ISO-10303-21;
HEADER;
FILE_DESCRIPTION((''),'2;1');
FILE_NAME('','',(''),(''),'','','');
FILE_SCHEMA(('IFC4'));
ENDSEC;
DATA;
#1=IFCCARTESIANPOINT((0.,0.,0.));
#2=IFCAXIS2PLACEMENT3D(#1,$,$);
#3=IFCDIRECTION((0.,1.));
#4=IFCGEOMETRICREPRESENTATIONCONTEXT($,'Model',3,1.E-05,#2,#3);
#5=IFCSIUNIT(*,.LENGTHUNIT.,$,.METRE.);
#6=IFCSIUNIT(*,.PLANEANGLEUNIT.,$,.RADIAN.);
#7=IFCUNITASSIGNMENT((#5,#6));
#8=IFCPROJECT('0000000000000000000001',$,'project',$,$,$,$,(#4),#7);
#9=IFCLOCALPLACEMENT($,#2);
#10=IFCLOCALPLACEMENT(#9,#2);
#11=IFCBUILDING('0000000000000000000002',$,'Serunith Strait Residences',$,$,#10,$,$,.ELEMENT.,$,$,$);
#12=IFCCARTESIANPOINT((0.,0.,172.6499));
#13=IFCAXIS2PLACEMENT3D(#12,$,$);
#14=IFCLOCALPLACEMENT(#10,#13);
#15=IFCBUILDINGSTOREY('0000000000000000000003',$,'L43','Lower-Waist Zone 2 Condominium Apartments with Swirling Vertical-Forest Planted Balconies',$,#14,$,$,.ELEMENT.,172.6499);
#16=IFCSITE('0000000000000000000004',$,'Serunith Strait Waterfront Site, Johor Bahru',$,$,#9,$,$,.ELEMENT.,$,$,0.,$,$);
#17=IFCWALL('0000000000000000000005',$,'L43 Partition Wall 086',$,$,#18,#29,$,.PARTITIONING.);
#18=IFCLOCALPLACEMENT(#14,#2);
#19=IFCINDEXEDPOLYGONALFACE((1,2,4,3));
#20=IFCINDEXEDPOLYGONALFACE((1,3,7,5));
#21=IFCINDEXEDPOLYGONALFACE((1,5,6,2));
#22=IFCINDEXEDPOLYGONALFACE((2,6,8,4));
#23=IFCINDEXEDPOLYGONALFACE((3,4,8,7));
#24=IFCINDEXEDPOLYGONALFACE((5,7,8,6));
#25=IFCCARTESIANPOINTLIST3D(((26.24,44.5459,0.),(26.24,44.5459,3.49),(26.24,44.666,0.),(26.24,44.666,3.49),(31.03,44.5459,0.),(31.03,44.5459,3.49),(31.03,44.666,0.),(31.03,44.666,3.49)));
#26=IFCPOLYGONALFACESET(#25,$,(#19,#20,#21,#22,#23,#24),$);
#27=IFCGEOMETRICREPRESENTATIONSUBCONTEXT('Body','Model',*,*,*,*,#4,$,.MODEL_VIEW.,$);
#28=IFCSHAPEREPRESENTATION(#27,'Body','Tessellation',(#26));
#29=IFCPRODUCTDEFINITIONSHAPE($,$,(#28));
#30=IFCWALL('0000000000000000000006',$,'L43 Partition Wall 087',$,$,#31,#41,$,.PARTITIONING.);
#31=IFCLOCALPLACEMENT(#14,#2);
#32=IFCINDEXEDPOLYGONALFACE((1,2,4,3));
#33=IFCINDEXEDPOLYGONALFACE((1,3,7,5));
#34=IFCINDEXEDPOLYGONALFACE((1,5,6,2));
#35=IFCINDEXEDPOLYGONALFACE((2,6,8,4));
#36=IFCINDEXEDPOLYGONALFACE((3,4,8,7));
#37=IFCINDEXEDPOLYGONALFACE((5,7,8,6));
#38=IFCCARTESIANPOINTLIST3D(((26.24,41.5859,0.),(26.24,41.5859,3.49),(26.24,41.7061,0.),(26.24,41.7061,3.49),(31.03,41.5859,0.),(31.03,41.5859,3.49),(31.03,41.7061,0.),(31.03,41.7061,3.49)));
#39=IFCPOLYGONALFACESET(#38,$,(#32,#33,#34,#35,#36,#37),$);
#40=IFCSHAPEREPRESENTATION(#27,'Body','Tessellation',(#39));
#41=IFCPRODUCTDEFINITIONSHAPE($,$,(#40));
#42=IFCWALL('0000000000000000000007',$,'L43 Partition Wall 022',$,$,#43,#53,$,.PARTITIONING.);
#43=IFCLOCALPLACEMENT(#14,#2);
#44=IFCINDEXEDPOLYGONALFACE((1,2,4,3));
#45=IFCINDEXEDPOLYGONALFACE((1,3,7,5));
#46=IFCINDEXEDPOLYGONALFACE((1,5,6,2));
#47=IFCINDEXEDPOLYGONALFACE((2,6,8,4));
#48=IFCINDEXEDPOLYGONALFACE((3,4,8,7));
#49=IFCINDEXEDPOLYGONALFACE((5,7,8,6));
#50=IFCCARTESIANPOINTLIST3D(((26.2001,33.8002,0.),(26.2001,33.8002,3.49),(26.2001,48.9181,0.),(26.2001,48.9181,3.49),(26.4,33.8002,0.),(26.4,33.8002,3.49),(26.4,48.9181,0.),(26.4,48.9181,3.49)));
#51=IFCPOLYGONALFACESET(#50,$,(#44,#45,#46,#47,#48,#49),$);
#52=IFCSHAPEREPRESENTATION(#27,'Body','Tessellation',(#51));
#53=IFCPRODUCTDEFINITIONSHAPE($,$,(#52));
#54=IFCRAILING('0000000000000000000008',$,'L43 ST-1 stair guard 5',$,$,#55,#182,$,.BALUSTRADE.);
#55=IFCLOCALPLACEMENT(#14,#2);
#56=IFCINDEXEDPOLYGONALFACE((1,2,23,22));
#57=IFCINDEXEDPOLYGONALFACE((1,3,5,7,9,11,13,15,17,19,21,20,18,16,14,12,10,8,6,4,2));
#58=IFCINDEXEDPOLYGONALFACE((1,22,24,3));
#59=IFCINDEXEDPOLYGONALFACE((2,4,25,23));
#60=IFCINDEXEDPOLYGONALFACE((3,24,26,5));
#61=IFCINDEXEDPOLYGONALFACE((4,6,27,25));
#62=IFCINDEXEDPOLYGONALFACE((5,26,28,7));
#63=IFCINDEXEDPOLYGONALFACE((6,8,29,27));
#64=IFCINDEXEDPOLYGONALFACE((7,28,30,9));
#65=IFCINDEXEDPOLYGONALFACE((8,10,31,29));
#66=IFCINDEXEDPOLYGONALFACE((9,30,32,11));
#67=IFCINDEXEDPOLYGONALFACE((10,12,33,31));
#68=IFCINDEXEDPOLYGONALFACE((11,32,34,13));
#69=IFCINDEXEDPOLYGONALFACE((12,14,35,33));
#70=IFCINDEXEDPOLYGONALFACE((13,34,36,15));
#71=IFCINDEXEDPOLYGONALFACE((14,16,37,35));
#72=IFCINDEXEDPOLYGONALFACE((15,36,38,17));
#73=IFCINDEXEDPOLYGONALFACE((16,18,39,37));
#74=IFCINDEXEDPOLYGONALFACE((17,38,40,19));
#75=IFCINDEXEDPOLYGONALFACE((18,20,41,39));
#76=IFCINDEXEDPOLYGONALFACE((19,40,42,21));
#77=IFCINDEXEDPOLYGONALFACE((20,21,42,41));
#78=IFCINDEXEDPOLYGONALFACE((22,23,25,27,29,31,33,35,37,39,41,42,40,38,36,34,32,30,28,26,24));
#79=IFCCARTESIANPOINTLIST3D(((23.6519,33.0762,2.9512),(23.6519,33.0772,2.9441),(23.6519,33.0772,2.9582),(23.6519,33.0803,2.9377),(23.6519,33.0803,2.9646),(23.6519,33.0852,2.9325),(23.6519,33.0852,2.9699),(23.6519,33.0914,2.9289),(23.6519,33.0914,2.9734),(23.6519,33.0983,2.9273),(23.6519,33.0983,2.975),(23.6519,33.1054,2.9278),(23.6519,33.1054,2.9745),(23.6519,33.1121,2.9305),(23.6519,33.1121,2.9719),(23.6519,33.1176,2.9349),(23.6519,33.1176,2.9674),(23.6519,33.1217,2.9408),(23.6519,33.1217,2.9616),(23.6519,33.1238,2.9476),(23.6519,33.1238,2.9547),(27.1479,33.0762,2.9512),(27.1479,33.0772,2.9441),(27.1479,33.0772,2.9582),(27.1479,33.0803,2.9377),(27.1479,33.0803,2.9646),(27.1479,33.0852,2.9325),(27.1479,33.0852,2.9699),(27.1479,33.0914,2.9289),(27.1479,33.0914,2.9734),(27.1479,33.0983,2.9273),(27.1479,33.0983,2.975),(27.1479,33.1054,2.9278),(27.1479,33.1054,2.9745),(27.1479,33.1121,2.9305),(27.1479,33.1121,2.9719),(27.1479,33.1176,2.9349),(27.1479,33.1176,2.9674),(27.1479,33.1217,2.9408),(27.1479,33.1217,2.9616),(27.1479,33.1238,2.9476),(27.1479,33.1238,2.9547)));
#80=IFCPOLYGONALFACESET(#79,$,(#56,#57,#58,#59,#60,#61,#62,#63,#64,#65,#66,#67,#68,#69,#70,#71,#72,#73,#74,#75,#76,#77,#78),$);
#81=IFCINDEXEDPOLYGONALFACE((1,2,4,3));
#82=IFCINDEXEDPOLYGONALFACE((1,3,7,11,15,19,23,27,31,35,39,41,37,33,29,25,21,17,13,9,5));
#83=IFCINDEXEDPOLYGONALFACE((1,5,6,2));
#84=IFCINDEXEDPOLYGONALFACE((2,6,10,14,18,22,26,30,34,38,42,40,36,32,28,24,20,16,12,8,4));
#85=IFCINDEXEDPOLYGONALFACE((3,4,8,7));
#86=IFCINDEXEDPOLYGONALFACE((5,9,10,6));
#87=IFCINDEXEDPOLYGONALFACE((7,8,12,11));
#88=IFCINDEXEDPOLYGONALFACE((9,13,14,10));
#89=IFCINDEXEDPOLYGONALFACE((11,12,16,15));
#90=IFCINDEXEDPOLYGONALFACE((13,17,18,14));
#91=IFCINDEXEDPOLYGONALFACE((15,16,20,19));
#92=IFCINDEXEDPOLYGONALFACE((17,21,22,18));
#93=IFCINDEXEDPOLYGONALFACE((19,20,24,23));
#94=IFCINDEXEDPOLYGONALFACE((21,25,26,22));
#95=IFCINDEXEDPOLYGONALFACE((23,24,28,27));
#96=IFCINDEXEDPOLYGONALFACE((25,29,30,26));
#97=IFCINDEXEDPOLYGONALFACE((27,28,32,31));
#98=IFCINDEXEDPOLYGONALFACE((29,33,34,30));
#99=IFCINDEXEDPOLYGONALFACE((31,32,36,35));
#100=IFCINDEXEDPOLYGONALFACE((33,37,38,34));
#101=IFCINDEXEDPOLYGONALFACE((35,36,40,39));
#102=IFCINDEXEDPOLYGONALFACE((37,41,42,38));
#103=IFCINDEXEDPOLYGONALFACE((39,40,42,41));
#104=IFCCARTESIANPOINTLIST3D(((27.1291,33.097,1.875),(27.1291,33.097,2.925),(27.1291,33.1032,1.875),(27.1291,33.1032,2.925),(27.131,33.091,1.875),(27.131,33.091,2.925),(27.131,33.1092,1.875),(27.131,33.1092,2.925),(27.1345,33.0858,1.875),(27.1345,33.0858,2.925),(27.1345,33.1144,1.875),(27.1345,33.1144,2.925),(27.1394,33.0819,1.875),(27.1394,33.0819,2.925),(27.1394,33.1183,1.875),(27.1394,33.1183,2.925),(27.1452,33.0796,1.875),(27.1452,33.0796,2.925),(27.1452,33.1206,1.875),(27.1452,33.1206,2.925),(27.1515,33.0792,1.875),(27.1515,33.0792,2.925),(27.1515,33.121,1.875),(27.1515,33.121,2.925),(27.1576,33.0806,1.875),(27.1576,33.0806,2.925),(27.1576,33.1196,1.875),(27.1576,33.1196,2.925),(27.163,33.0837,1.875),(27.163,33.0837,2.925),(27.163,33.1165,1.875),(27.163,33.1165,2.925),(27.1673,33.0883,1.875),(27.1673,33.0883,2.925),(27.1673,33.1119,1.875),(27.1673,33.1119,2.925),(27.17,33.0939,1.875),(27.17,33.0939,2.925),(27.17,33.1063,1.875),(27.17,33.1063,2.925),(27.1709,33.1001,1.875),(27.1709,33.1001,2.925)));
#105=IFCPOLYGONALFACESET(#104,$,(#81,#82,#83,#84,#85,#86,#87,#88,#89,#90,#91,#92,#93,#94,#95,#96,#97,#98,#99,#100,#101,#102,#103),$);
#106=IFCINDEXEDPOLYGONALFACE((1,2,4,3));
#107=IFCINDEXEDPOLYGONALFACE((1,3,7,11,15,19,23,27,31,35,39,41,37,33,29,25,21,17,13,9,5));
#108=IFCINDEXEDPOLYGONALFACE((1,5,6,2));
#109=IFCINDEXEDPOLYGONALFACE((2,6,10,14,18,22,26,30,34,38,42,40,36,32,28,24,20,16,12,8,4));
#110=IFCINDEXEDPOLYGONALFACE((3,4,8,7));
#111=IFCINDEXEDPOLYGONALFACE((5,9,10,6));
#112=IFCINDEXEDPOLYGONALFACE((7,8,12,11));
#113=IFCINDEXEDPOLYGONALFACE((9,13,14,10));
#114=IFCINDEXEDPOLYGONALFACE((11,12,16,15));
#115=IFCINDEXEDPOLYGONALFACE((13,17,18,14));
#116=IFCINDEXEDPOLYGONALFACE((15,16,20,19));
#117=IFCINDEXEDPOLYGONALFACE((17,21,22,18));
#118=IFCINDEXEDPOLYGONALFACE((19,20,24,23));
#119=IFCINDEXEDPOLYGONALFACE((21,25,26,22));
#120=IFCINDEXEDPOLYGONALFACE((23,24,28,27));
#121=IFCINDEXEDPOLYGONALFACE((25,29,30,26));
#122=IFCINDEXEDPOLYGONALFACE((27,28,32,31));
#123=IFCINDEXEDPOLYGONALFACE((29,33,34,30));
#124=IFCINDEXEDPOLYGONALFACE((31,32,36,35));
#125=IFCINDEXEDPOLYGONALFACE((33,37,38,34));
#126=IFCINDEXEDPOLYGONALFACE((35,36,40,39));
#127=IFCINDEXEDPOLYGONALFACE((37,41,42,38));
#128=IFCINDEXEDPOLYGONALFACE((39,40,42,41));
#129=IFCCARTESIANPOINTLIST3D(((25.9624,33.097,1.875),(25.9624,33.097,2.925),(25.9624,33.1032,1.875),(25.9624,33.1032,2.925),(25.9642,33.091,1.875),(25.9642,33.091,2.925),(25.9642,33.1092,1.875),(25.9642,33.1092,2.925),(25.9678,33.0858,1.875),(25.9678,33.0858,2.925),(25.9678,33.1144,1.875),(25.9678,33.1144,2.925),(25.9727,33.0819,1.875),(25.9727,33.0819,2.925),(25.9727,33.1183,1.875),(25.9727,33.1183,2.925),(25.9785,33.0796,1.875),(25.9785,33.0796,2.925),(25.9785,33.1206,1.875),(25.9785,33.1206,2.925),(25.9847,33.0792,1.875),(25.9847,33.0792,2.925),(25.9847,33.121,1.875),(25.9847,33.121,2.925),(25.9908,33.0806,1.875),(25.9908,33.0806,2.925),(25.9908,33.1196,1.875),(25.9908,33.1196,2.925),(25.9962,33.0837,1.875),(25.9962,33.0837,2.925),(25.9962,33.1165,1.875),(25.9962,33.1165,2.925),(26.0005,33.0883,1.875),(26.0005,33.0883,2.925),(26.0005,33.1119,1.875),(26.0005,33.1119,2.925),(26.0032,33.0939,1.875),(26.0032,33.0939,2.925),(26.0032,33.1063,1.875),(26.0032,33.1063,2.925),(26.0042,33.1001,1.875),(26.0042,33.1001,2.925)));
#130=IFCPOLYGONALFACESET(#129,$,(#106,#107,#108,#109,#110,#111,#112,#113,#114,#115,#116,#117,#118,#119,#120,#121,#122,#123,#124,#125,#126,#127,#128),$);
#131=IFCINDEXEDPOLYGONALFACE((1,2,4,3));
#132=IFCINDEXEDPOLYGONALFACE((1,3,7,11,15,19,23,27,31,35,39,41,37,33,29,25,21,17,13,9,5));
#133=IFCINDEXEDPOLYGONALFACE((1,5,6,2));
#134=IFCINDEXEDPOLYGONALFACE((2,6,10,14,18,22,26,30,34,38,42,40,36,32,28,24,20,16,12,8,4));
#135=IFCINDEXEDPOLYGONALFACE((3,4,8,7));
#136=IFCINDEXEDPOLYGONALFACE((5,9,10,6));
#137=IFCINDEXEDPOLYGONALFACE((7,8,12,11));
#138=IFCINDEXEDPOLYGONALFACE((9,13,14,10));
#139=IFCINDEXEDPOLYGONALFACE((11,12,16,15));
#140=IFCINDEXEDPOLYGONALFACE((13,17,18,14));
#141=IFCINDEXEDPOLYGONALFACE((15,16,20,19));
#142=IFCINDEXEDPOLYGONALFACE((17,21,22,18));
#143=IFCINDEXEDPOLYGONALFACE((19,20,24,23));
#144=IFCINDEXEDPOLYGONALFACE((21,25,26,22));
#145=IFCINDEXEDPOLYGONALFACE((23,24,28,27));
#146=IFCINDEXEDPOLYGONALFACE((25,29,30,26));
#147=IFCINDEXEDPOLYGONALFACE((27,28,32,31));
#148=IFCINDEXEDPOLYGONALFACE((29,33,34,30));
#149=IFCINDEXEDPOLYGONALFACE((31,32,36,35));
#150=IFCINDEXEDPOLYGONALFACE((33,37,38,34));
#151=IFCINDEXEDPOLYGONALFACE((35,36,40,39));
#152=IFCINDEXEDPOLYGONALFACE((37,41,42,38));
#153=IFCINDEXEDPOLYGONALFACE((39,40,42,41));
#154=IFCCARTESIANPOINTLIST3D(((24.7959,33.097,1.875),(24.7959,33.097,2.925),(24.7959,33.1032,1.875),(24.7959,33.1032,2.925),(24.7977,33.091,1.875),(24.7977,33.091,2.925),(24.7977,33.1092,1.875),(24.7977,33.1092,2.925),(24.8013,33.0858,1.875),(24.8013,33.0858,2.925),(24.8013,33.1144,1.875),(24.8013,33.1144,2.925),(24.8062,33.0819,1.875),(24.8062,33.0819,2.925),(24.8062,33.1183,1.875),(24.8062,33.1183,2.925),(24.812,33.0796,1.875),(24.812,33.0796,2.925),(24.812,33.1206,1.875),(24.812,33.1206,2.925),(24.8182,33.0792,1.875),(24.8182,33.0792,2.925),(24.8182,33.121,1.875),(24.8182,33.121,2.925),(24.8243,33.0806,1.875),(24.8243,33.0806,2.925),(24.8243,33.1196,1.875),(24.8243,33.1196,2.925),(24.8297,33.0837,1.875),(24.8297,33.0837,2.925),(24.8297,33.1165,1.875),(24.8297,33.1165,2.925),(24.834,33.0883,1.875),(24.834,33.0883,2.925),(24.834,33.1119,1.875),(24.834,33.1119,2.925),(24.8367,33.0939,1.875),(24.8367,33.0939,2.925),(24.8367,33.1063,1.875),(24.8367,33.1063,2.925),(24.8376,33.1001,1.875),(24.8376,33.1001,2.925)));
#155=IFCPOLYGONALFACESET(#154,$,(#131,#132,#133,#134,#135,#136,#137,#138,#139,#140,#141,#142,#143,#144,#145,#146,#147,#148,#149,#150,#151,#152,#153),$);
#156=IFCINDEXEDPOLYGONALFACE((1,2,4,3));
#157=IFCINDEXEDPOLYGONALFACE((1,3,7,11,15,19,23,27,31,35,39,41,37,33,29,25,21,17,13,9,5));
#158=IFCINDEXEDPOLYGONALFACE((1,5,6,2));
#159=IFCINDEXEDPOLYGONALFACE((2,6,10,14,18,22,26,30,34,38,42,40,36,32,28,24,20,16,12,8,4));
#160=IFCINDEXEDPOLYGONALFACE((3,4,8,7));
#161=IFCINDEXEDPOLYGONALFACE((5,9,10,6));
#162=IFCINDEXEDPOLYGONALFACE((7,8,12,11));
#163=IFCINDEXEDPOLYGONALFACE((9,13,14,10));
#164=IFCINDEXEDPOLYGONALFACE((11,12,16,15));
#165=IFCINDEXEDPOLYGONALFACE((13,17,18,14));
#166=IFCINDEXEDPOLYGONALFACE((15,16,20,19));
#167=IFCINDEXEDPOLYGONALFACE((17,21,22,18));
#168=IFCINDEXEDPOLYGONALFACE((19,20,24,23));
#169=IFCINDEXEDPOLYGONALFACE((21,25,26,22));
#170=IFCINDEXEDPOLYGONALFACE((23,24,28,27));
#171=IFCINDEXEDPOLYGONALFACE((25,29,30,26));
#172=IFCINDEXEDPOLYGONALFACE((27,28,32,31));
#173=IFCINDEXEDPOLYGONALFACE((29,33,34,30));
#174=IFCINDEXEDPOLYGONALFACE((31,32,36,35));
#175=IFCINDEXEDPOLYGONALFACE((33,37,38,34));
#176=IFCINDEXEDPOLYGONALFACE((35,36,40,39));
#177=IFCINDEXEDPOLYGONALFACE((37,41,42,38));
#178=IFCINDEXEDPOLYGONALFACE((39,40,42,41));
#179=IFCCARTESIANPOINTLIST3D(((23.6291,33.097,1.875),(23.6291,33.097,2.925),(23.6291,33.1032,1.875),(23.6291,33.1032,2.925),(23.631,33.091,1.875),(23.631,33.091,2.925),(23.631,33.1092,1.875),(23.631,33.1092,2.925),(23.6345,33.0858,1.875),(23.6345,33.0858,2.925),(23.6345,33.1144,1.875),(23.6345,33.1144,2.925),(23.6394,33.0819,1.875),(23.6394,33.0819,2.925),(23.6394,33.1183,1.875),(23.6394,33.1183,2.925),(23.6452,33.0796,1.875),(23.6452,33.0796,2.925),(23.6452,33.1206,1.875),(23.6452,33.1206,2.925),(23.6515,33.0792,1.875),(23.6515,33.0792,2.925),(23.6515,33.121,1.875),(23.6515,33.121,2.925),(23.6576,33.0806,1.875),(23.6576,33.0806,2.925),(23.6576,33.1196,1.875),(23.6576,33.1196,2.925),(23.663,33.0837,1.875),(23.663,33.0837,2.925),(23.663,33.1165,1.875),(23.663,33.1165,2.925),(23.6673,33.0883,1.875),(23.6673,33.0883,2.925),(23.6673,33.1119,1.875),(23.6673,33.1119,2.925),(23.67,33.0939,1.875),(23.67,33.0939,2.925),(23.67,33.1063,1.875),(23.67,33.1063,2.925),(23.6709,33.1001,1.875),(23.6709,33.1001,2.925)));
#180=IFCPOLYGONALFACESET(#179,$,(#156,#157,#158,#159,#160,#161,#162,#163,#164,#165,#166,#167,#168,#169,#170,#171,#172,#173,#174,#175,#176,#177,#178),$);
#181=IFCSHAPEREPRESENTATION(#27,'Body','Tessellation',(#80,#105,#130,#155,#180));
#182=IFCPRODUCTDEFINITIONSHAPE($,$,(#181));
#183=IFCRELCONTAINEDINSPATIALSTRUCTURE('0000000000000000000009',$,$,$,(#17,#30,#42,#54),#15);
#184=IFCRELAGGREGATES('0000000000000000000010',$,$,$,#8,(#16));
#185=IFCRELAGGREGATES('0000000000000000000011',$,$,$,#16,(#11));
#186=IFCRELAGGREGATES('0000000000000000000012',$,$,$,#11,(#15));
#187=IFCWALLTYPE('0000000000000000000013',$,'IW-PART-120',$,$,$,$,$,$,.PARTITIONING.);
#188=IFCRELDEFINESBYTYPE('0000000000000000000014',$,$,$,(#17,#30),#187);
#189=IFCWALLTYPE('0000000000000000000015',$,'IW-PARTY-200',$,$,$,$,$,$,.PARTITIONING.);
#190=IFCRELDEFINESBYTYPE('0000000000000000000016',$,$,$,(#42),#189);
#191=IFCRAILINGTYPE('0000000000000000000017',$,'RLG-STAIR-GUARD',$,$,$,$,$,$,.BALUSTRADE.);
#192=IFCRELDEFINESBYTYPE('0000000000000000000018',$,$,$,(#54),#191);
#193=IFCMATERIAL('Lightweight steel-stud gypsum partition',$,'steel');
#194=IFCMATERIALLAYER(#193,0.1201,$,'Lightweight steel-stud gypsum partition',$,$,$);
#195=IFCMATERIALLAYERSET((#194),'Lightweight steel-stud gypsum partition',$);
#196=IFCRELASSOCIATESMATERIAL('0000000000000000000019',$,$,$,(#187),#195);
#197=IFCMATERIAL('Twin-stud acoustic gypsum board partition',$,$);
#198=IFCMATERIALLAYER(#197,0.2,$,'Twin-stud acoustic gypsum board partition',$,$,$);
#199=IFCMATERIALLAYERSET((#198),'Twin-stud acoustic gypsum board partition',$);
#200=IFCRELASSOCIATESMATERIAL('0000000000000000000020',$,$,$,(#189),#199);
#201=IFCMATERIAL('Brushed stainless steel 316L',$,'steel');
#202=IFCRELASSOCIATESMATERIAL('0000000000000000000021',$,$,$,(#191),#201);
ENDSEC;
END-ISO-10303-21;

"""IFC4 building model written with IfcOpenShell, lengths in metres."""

from ifc_helpers import new_model, si_unit, direction, frame, frame_2d, origin, origin_2d, place, context, subcontext, project, spatial, rectangle, circle, extrude, material, layer, layer_set, type_object, element, save


model = new_model("IFC4")

# Units and contexts
model_context = context("Model", 3, precision=1e-05, world=origin(), true_north=direction((0.0, 1.0)))
body_context = subcontext(model_context, "Body", "Model", "MODEL_VIEW")
ifc_project = project(units=[si_unit("LENGTHUNIT", "METRE"), si_unit("PLANEANGLEUNIT", "RADIAN")], contexts=[model_context])

# Site, building, storey
site_placement = place(None, origin())
site = spatial("IfcSite", under=ifc_project, at=site_placement, Name="Serunith Strait Waterfront Site, Johor Bahru", CompositionType="ELEMENT", RefElevation=0.0)
building_placement = place(site_placement, origin())
building = spatial("IfcBuilding", under=site, at=building_placement, Name="Serunith Strait Residences", CompositionType="ELEMENT")
storey_placement = place(building_placement, frame((0.0, 0.0, 172.6499)))
storey = spatial("IfcBuildingStorey", under=building, at=storey_placement, Name="L43", Description="Lower-Waist Zone 2 Condominium Apartments with Swirling Vertical-Forest Planted Balconies", CompositionType="ELEMENT", Elevation=172.6499)

# Shared definitions
ifc_material_1 = material(Name="Lightweight steel-stud gypsum partition", Category="steel")
ifc_layer_1 = layer(ifc_material_1, 0.1201, Name="Lightweight steel-stud gypsum partition")
ifc_layer_set_1 = layer_set([ifc_layer_1], Name="Lightweight steel-stud gypsum partition")
wall_type_1 = type_object("IfcWallType", Name="IW-PART-120", PredefinedType="PARTITIONING", material=ifc_layer_set_1)

# Walls
for number, where, z_axis, x_axis, name in (
    (1, (26.24, 44.606, 0.0), (0.0, 0.0, 1.0), (1.0, 0.0, 0.0), "L43 Partition Wall 086"),
    (2, (26.24, 41.646, 0.0), (0.0, 0.0, 1.0), (1.0, 0.0, 0.0), "L43 Partition Wall 087"),
):
    element("IfcWall", number, at=place(storey_placement, frame(where, z_axis=z_axis, x_axis=x_axis)), inside=storey, type_object=wall_type_1, Name=name, PredefinedType="PARTITIONING", context=body_context, shape_type="SweptSolid", body=[
        extrude(rectangle(XDim=4.79, YDim=0.1201, at=frame_2d((2.395, 0.0))), origin(), (0.0, 0.0, 1.0), 3.49),
    ])
ifc_material_2 = material(Name="Twin-stud acoustic gypsum board partition")
ifc_layer_2 = layer(ifc_material_2, 0.2, Name="Twin-stud acoustic gypsum board partition")
ifc_layer_set_2 = layer_set([ifc_layer_2], Name="Twin-stud acoustic gypsum board partition")
wall_type_2 = type_object("IfcWallType", Name="IW-PARTY-200", PredefinedType="PARTITIONING", material=ifc_layer_set_2)
wall_1_placement = place(storey_placement, frame((26.3, 33.8, 0.0), z_axis=(0.0, 0.0, 1.0), x_axis=(0.0, 1.0, 0.0)))
element("IfcWall", 3, at=wall_1_placement, inside=storey, type_object=wall_type_2, Name="L43 Partition Wall 022", PredefinedType="PARTITIONING", context=body_context, shape_type="SweptSolid", body=[
    extrude(rectangle(XDim=15.1179, YDim=0.2, at=frame_2d((7.5591, 0.0))), origin(), (0.0, 0.0, 1.0), 3.49),
])

# Railing
ifc_material_3 = material(Name="Brushed stainless steel 316L", Category="steel")
railing_type = type_object("IfcRailingType", Name="RLG-STAIR-GUARD", PredefinedType="BALUSTRADE", material=ifc_material_3)
railing_1_placement = place(storey_placement, frame((27.1499, 33.1001, 1.875)))
element("IfcRailing", 4, at=railing_1_placement, inside=storey, type_object=railing_type, Name="L43 ST-1 stair guard 5", PredefinedType="BALUSTRADE", context=body_context, shape_type="SweptSolid", body=[
    extrude(circle(Radius=0.0239, at=origin_2d()), frame((-0.002, 0.0, 1.0762), z_axis=(-1.0, 0.0, 0.0), x_axis=(0.0, -1.0, 0.0)), (0.0, 0.0, 1.0), 3.4961),
    extrude(circle(Radius=0.021, at=origin_2d()), origin(), (0.0, 0.0, 1.0), 1.05),
    extrude(circle(Radius=0.021, at=origin_2d()), frame((-1.1667, 0.0, 0.0)), (0.0, 0.0, 1.0), 1.05),
    extrude(circle(Radius=0.021, at=origin_2d()), frame((-2.3333, 0.0, 0.0)), (0.0, 0.0, 1.0), 1.05),
    extrude(circle(Radius=0.021, at=origin_2d()), frame((-3.5, 0.0, 0.0)), (0.0, 0.0, 1.0), 1.05),
])

save(model, "model.ifc")
